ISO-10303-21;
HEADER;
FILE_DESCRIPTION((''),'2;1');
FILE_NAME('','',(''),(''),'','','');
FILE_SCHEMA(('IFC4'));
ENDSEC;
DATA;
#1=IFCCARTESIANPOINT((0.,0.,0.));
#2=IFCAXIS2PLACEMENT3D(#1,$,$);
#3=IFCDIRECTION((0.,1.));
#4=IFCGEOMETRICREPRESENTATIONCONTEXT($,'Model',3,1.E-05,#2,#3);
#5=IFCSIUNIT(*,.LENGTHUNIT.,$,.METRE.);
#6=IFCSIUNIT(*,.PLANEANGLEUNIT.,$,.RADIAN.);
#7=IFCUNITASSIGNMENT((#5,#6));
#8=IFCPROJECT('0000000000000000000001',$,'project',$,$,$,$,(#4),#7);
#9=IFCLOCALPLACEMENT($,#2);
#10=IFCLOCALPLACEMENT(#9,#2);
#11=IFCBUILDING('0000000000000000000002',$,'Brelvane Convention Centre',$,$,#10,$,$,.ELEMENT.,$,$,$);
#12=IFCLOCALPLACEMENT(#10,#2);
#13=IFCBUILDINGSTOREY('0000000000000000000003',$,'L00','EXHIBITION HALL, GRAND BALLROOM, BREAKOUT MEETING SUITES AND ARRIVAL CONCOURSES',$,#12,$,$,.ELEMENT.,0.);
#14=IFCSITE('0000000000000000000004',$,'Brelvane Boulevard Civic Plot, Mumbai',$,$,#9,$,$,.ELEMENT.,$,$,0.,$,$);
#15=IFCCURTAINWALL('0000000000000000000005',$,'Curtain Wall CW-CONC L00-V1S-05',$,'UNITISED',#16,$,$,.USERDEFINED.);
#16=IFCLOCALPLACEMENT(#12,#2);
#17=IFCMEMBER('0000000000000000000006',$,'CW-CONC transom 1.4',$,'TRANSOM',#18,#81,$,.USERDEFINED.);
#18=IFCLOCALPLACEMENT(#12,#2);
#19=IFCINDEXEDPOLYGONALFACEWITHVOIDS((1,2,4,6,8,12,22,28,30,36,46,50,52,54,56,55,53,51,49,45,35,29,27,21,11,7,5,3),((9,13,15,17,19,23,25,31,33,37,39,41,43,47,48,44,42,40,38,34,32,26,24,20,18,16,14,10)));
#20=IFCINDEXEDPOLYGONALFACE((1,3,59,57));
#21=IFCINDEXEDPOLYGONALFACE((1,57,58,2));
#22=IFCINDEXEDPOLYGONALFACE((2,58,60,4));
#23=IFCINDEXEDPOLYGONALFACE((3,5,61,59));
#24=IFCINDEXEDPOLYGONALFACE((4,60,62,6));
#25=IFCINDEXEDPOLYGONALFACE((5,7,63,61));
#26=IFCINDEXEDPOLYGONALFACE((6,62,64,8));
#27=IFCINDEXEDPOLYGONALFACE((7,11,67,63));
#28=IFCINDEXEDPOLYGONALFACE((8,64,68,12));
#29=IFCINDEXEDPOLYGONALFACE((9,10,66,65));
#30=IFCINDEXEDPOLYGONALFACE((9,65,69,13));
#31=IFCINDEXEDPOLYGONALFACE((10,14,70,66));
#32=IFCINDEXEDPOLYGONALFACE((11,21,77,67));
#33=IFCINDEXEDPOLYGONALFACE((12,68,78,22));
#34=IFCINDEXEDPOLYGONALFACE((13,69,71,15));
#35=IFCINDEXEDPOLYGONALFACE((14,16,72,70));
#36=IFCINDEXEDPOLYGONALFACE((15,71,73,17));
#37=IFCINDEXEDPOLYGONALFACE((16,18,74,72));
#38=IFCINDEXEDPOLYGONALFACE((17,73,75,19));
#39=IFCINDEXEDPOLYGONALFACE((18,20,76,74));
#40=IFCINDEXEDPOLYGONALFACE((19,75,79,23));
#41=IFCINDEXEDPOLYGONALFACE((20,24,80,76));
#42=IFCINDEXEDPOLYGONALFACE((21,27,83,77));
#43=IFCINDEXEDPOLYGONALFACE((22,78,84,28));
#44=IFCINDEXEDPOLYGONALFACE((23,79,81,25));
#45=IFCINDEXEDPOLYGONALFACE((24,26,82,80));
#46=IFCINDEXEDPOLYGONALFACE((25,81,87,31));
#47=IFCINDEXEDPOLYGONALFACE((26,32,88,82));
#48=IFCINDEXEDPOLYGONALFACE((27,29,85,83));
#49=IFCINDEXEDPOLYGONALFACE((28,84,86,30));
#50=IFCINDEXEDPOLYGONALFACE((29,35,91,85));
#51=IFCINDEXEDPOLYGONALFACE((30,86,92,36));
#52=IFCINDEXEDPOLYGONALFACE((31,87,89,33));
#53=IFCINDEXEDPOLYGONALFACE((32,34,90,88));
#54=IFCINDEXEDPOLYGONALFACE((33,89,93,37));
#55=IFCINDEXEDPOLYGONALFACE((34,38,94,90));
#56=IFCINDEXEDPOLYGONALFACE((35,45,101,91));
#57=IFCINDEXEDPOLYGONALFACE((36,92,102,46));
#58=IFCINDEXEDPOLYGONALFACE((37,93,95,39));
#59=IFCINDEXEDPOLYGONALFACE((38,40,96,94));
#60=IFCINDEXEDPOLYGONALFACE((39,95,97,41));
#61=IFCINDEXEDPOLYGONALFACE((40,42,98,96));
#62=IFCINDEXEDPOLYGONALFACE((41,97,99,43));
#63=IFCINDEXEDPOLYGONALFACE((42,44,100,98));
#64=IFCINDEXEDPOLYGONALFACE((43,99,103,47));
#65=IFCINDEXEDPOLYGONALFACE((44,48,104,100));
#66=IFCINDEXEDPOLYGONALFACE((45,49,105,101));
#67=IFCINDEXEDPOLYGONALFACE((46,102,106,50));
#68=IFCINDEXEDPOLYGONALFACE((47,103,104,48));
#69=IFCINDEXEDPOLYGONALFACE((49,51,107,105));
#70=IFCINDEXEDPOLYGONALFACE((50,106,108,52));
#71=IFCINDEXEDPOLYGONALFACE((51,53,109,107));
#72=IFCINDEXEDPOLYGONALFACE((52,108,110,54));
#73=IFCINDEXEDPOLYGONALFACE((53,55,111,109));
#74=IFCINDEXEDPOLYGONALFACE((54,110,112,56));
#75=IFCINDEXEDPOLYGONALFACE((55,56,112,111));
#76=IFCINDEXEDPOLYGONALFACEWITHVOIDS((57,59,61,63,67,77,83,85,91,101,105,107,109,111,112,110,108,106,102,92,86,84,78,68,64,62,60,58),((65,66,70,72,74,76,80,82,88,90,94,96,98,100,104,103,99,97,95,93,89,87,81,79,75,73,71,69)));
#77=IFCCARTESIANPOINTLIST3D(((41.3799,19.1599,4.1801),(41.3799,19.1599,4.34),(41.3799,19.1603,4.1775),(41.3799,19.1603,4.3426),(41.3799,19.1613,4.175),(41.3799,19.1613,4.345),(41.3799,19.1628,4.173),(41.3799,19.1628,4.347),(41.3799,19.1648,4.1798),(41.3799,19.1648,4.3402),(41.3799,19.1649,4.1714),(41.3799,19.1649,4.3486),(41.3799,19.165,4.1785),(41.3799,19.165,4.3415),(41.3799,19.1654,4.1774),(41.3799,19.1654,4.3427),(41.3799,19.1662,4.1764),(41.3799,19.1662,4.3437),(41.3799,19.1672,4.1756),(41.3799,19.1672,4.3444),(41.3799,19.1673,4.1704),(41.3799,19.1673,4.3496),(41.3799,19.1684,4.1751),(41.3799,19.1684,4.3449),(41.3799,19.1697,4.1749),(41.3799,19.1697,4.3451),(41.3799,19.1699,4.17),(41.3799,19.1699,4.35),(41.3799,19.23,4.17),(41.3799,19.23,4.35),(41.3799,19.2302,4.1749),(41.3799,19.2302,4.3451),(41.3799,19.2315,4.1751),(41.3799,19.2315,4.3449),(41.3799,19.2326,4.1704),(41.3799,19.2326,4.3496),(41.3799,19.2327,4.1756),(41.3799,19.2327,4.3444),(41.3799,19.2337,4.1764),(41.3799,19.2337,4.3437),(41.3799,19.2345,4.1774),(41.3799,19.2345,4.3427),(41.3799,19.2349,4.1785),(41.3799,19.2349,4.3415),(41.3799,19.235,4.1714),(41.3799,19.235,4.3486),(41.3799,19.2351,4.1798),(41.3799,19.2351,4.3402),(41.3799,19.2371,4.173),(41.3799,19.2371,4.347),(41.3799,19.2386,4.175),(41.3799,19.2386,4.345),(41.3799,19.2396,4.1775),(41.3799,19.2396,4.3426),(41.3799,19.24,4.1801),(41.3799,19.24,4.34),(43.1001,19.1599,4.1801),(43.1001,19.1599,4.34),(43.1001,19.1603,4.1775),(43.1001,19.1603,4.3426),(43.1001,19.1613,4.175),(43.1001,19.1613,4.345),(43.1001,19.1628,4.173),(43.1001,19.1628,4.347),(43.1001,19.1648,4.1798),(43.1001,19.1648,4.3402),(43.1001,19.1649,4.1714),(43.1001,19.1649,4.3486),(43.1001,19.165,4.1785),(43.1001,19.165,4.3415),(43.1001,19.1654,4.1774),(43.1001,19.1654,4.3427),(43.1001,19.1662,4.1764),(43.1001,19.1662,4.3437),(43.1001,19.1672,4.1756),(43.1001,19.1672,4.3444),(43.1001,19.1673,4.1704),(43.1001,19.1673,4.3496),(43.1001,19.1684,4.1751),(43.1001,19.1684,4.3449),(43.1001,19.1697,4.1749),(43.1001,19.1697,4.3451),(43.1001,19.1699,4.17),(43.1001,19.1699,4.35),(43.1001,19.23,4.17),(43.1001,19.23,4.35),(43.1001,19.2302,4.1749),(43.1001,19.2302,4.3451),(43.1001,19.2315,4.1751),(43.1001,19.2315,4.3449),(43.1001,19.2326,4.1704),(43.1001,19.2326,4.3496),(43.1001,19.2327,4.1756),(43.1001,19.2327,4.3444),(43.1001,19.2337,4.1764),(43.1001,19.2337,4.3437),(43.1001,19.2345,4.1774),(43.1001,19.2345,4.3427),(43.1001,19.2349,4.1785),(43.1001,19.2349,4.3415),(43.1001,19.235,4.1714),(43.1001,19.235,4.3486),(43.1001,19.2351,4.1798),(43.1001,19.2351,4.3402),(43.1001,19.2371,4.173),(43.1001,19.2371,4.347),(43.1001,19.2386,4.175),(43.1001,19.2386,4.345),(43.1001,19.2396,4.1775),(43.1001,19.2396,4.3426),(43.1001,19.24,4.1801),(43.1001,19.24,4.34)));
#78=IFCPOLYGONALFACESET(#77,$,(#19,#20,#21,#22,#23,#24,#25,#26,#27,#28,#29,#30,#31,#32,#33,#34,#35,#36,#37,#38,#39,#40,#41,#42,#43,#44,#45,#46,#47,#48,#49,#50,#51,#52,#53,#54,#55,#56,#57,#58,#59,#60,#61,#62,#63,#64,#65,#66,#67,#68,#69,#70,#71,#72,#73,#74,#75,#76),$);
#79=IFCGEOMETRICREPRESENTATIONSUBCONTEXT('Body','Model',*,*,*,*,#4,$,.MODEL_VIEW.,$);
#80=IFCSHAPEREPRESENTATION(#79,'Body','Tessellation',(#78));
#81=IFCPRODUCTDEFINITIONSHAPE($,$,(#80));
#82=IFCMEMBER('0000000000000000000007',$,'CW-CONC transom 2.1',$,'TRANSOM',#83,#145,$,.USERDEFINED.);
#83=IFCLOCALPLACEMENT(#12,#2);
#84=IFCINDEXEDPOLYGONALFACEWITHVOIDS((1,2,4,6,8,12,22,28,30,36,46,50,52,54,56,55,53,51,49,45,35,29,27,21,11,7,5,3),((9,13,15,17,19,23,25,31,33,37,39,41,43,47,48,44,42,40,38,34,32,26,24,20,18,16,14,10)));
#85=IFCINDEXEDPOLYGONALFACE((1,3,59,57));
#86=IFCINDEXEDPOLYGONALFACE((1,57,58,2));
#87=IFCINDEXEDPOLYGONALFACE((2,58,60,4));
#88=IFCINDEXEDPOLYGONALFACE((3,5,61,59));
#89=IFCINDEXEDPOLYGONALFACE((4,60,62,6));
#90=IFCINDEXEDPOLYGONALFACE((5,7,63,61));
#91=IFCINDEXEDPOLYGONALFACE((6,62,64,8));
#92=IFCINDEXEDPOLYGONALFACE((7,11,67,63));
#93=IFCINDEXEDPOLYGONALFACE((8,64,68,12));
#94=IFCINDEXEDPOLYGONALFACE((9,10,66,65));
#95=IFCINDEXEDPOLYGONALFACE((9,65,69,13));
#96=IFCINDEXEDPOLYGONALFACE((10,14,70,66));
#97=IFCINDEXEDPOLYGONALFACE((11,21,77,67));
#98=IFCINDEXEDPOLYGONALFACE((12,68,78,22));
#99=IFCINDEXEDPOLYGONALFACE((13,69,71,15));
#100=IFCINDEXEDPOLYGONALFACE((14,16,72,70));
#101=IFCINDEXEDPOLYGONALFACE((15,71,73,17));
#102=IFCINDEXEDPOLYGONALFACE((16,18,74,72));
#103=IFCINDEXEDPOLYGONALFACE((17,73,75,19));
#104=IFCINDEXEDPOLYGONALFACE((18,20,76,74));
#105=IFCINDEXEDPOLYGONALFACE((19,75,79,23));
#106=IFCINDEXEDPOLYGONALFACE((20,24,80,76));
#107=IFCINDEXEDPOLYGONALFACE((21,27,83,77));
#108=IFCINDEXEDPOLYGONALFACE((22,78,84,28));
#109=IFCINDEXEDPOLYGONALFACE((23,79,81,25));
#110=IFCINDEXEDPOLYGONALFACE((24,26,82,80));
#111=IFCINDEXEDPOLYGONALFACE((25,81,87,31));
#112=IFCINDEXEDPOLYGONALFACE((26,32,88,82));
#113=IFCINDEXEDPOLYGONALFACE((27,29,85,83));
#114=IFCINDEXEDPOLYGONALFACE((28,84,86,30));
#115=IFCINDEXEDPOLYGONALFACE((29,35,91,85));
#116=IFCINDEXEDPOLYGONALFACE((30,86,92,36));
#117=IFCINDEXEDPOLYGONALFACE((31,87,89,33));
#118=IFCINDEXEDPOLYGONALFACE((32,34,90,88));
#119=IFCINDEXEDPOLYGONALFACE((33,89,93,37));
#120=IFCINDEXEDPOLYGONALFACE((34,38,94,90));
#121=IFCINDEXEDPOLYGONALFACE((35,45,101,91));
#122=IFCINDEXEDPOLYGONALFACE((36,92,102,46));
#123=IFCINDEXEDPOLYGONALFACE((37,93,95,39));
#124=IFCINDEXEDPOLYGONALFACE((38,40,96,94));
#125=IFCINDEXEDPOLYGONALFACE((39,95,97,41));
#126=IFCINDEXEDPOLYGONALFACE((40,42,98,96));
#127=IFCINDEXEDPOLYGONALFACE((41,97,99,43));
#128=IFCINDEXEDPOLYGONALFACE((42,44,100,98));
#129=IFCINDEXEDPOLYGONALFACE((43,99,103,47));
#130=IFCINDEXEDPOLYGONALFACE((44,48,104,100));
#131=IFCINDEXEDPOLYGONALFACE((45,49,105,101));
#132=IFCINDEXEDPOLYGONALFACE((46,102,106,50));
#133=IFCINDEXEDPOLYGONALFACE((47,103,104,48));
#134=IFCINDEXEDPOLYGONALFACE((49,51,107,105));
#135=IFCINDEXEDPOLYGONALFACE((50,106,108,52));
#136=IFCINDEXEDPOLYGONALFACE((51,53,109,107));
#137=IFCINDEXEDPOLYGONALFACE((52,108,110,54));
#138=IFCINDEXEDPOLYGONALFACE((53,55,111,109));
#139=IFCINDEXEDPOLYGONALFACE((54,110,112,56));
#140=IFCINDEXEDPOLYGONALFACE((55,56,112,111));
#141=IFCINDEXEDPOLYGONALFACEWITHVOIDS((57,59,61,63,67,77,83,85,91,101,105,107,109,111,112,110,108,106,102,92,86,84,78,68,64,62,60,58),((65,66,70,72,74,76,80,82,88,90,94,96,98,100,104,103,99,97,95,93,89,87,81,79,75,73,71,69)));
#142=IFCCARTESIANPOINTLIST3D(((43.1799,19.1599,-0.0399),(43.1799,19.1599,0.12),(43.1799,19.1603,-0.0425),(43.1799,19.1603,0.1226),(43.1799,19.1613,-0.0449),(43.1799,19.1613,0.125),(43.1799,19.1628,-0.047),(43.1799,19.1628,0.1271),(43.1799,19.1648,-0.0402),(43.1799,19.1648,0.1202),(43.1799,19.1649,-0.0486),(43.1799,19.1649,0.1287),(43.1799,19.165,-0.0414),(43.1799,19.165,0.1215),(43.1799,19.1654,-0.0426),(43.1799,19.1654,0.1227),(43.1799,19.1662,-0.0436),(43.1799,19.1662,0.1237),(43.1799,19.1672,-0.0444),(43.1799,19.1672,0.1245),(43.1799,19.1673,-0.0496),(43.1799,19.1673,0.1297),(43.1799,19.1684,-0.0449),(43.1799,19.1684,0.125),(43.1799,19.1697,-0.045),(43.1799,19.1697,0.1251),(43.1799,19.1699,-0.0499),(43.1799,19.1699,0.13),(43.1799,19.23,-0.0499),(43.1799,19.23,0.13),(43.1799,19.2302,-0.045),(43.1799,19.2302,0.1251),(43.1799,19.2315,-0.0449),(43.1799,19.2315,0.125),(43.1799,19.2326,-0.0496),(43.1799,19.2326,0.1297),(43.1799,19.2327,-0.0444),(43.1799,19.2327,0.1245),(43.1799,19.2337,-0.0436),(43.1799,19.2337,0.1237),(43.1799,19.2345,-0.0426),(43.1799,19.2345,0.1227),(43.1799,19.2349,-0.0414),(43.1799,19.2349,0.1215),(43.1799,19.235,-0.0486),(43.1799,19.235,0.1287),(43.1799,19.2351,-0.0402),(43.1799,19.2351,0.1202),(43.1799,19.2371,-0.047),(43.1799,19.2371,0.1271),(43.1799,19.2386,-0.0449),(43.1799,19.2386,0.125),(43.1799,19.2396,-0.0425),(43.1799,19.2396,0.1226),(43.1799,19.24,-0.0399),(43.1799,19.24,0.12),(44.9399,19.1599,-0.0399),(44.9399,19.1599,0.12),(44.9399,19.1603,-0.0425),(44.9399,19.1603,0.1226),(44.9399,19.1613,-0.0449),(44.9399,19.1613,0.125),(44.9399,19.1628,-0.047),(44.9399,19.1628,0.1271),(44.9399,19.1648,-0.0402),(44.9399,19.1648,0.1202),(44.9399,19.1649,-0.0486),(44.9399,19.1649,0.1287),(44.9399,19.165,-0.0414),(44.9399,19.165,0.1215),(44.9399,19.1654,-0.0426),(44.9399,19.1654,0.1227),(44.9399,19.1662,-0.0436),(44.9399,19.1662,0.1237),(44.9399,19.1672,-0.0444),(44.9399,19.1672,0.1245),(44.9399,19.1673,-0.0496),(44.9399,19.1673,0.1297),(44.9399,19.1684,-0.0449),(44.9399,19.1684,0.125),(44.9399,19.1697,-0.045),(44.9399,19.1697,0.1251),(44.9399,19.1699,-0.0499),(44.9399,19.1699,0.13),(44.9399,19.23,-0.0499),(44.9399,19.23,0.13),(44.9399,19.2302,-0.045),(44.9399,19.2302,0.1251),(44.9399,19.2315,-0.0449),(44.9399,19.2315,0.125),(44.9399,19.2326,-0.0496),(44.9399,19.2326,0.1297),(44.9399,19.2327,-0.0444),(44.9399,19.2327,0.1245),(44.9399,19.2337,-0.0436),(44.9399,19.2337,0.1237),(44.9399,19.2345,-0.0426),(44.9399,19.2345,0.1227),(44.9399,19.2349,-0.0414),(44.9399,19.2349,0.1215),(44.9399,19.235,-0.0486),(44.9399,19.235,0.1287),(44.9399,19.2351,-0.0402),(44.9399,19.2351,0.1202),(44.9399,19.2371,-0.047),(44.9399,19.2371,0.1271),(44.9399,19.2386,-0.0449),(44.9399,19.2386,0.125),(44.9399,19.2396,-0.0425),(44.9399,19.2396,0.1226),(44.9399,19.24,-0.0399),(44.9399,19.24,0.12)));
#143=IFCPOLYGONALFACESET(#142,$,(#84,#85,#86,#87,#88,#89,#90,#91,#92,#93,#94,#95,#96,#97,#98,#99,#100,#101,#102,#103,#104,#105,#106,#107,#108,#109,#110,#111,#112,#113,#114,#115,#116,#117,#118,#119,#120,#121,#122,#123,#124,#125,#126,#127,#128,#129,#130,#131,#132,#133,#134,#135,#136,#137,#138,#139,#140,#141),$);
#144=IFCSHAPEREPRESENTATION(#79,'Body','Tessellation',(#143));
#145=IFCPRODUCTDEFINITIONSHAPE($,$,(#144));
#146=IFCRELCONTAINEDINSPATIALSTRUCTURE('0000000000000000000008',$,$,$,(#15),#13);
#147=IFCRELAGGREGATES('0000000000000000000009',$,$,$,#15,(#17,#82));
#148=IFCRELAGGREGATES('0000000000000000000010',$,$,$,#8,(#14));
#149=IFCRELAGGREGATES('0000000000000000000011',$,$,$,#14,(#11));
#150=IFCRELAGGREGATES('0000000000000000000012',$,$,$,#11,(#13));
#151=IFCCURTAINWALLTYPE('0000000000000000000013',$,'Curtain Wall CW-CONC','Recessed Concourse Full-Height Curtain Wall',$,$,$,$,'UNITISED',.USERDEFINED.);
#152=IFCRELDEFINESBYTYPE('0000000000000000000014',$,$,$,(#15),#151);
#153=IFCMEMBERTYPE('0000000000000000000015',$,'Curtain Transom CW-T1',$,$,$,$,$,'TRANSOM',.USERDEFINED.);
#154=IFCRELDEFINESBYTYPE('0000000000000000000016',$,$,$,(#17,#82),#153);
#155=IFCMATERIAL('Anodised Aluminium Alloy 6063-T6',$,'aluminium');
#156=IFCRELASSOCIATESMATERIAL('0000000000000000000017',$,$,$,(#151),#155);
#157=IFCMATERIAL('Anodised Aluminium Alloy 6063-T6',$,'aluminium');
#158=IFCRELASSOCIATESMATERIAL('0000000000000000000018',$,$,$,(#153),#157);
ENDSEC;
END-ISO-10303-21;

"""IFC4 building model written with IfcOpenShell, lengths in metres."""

from ifc_helpers import new_model, si_unit, direction, frame, origin, origin_2d, place, context, subcontext, project, spatial, hollow_rectangle, extrude, material, material_profile, profile_set, type_object, element, aggregate, save


model = new_model("IFC4")

# Units and contexts
model_context = context("Model", 3, precision=1e-05, world=origin(), true_north=direction((0.0, 1.0)))
body_context = subcontext(model_context, "Body", "Model", "MODEL_VIEW")
ifc_project = project(units=[si_unit("LENGTHUNIT", "METRE"), si_unit("PLANEANGLEUNIT", "RADIAN")], contexts=[model_context])

# Site, building, storey
site_placement = place(None, origin())
site = spatial("IfcSite", under=ifc_project, at=site_placement, Name="Brelvane Boulevard Civic Plot, Mumbai", CompositionType="ELEMENT", RefElevation=0.0)
building_placement = place(site_placement, origin())
building = spatial("IfcBuilding", under=site, at=building_placement, Name="Brelvane Convention Centre", CompositionType="ELEMENT")
storey_placement = place(building_placement, origin())
storey = spatial("IfcBuildingStorey", under=building, at=storey_placement, Name="L00", Description="EXHIBITION HALL, GRAND BALLROOM, BREAKOUT MEETING SUITES AND ARRIVAL CONCOURSES", CompositionType="ELEMENT", Elevation=0.0)

# Curtain wall, members
ifc_material_1 = material(Name="Anodised Aluminium Alloy 6063-T6", Category="aluminium")
curtain_wall_type = type_object("IfcCurtainWallType", Name="Curtain Wall CW-CONC", Description="Recessed Concourse Full-Height Curtain Wall", ElementType="UNITISED", PredefinedType="USERDEFINED", material=ifc_material_1)
curtain_wall_placement = place(storey_placement, origin())
curtain_wall = element("IfcCurtainWall", 1, at=curtain_wall_placement, inside=storey, type_object=curtain_wall_type, Name="Curtain Wall CW-CONC L00-V1S-05", ObjectType="UNITISED", PredefinedType="USERDEFINED")
ifc_material_2 = material(Name="Anodised Aluminium Alloy 6063-T6", Category="aluminium")
ifc_material_profile_1 = material_profile(ifc_material_2, hollow_rectangle(XDim=0.0801, YDim=0.1799, WallThickness=0.0049, InnerFilletRadius=0.0049, OuterFilletRadius=0.01, at=origin_2d()), Name="ALU-T 180x80x5.0")
ifc_profile_set_1 = profile_set([ifc_material_profile_1], Name="Anodised Aluminium Alloy 6063-T6")
member_type_1 = type_object("IfcMemberType", Name="Curtain Transom CW-T1", ElementType="TRANSOM", PredefinedType="USERDEFINED", material=ifc_profile_set_1)
member_1_placement = place(storey_placement, frame((41.3799, 19.2, 4.26), z_axis=(1.0, 0.0, 0.0), x_axis=(0.0, 1.0, 0.0)))
member_1 = element("IfcMember", 2, at=member_1_placement, type_object=member_type_1, Name="CW-CONC transom 1.4", ObjectType="TRANSOM", PredefinedType="USERDEFINED", context=body_context, shape_type="SweptSolid", body=[
    extrude(hollow_rectangle(XDim=0.0801, YDim=0.1799, WallThickness=0.0049, InnerFilletRadius=0.0049, OuterFilletRadius=0.01, at=origin_2d()), origin(), (0.0, 0.0, 1.0), 1.7202),
])
member_2_placement = place(storey_placement, frame((43.1799, 19.2, 0.04), z_axis=(1.0, 0.0, 0.0), x_axis=(0.0, 1.0, 0.0)))
member_2 = element("IfcMember", 3, at=member_2_placement, type_object=member_type_1, Name="CW-CONC transom 2.1", ObjectType="TRANSOM", PredefinedType="USERDEFINED", context=body_context, shape_type="SweptSolid", body=[
    extrude(hollow_rectangle(XDim=0.0801, YDim=0.1799, WallThickness=0.0049, InnerFilletRadius=0.0049, OuterFilletRadius=0.01, at=origin_2d()), origin(), (0.0, 0.0, 1.0), 1.76),
])
aggregate(curtain_wall, [member_1, member_2])

save(model, "model.ifc")
